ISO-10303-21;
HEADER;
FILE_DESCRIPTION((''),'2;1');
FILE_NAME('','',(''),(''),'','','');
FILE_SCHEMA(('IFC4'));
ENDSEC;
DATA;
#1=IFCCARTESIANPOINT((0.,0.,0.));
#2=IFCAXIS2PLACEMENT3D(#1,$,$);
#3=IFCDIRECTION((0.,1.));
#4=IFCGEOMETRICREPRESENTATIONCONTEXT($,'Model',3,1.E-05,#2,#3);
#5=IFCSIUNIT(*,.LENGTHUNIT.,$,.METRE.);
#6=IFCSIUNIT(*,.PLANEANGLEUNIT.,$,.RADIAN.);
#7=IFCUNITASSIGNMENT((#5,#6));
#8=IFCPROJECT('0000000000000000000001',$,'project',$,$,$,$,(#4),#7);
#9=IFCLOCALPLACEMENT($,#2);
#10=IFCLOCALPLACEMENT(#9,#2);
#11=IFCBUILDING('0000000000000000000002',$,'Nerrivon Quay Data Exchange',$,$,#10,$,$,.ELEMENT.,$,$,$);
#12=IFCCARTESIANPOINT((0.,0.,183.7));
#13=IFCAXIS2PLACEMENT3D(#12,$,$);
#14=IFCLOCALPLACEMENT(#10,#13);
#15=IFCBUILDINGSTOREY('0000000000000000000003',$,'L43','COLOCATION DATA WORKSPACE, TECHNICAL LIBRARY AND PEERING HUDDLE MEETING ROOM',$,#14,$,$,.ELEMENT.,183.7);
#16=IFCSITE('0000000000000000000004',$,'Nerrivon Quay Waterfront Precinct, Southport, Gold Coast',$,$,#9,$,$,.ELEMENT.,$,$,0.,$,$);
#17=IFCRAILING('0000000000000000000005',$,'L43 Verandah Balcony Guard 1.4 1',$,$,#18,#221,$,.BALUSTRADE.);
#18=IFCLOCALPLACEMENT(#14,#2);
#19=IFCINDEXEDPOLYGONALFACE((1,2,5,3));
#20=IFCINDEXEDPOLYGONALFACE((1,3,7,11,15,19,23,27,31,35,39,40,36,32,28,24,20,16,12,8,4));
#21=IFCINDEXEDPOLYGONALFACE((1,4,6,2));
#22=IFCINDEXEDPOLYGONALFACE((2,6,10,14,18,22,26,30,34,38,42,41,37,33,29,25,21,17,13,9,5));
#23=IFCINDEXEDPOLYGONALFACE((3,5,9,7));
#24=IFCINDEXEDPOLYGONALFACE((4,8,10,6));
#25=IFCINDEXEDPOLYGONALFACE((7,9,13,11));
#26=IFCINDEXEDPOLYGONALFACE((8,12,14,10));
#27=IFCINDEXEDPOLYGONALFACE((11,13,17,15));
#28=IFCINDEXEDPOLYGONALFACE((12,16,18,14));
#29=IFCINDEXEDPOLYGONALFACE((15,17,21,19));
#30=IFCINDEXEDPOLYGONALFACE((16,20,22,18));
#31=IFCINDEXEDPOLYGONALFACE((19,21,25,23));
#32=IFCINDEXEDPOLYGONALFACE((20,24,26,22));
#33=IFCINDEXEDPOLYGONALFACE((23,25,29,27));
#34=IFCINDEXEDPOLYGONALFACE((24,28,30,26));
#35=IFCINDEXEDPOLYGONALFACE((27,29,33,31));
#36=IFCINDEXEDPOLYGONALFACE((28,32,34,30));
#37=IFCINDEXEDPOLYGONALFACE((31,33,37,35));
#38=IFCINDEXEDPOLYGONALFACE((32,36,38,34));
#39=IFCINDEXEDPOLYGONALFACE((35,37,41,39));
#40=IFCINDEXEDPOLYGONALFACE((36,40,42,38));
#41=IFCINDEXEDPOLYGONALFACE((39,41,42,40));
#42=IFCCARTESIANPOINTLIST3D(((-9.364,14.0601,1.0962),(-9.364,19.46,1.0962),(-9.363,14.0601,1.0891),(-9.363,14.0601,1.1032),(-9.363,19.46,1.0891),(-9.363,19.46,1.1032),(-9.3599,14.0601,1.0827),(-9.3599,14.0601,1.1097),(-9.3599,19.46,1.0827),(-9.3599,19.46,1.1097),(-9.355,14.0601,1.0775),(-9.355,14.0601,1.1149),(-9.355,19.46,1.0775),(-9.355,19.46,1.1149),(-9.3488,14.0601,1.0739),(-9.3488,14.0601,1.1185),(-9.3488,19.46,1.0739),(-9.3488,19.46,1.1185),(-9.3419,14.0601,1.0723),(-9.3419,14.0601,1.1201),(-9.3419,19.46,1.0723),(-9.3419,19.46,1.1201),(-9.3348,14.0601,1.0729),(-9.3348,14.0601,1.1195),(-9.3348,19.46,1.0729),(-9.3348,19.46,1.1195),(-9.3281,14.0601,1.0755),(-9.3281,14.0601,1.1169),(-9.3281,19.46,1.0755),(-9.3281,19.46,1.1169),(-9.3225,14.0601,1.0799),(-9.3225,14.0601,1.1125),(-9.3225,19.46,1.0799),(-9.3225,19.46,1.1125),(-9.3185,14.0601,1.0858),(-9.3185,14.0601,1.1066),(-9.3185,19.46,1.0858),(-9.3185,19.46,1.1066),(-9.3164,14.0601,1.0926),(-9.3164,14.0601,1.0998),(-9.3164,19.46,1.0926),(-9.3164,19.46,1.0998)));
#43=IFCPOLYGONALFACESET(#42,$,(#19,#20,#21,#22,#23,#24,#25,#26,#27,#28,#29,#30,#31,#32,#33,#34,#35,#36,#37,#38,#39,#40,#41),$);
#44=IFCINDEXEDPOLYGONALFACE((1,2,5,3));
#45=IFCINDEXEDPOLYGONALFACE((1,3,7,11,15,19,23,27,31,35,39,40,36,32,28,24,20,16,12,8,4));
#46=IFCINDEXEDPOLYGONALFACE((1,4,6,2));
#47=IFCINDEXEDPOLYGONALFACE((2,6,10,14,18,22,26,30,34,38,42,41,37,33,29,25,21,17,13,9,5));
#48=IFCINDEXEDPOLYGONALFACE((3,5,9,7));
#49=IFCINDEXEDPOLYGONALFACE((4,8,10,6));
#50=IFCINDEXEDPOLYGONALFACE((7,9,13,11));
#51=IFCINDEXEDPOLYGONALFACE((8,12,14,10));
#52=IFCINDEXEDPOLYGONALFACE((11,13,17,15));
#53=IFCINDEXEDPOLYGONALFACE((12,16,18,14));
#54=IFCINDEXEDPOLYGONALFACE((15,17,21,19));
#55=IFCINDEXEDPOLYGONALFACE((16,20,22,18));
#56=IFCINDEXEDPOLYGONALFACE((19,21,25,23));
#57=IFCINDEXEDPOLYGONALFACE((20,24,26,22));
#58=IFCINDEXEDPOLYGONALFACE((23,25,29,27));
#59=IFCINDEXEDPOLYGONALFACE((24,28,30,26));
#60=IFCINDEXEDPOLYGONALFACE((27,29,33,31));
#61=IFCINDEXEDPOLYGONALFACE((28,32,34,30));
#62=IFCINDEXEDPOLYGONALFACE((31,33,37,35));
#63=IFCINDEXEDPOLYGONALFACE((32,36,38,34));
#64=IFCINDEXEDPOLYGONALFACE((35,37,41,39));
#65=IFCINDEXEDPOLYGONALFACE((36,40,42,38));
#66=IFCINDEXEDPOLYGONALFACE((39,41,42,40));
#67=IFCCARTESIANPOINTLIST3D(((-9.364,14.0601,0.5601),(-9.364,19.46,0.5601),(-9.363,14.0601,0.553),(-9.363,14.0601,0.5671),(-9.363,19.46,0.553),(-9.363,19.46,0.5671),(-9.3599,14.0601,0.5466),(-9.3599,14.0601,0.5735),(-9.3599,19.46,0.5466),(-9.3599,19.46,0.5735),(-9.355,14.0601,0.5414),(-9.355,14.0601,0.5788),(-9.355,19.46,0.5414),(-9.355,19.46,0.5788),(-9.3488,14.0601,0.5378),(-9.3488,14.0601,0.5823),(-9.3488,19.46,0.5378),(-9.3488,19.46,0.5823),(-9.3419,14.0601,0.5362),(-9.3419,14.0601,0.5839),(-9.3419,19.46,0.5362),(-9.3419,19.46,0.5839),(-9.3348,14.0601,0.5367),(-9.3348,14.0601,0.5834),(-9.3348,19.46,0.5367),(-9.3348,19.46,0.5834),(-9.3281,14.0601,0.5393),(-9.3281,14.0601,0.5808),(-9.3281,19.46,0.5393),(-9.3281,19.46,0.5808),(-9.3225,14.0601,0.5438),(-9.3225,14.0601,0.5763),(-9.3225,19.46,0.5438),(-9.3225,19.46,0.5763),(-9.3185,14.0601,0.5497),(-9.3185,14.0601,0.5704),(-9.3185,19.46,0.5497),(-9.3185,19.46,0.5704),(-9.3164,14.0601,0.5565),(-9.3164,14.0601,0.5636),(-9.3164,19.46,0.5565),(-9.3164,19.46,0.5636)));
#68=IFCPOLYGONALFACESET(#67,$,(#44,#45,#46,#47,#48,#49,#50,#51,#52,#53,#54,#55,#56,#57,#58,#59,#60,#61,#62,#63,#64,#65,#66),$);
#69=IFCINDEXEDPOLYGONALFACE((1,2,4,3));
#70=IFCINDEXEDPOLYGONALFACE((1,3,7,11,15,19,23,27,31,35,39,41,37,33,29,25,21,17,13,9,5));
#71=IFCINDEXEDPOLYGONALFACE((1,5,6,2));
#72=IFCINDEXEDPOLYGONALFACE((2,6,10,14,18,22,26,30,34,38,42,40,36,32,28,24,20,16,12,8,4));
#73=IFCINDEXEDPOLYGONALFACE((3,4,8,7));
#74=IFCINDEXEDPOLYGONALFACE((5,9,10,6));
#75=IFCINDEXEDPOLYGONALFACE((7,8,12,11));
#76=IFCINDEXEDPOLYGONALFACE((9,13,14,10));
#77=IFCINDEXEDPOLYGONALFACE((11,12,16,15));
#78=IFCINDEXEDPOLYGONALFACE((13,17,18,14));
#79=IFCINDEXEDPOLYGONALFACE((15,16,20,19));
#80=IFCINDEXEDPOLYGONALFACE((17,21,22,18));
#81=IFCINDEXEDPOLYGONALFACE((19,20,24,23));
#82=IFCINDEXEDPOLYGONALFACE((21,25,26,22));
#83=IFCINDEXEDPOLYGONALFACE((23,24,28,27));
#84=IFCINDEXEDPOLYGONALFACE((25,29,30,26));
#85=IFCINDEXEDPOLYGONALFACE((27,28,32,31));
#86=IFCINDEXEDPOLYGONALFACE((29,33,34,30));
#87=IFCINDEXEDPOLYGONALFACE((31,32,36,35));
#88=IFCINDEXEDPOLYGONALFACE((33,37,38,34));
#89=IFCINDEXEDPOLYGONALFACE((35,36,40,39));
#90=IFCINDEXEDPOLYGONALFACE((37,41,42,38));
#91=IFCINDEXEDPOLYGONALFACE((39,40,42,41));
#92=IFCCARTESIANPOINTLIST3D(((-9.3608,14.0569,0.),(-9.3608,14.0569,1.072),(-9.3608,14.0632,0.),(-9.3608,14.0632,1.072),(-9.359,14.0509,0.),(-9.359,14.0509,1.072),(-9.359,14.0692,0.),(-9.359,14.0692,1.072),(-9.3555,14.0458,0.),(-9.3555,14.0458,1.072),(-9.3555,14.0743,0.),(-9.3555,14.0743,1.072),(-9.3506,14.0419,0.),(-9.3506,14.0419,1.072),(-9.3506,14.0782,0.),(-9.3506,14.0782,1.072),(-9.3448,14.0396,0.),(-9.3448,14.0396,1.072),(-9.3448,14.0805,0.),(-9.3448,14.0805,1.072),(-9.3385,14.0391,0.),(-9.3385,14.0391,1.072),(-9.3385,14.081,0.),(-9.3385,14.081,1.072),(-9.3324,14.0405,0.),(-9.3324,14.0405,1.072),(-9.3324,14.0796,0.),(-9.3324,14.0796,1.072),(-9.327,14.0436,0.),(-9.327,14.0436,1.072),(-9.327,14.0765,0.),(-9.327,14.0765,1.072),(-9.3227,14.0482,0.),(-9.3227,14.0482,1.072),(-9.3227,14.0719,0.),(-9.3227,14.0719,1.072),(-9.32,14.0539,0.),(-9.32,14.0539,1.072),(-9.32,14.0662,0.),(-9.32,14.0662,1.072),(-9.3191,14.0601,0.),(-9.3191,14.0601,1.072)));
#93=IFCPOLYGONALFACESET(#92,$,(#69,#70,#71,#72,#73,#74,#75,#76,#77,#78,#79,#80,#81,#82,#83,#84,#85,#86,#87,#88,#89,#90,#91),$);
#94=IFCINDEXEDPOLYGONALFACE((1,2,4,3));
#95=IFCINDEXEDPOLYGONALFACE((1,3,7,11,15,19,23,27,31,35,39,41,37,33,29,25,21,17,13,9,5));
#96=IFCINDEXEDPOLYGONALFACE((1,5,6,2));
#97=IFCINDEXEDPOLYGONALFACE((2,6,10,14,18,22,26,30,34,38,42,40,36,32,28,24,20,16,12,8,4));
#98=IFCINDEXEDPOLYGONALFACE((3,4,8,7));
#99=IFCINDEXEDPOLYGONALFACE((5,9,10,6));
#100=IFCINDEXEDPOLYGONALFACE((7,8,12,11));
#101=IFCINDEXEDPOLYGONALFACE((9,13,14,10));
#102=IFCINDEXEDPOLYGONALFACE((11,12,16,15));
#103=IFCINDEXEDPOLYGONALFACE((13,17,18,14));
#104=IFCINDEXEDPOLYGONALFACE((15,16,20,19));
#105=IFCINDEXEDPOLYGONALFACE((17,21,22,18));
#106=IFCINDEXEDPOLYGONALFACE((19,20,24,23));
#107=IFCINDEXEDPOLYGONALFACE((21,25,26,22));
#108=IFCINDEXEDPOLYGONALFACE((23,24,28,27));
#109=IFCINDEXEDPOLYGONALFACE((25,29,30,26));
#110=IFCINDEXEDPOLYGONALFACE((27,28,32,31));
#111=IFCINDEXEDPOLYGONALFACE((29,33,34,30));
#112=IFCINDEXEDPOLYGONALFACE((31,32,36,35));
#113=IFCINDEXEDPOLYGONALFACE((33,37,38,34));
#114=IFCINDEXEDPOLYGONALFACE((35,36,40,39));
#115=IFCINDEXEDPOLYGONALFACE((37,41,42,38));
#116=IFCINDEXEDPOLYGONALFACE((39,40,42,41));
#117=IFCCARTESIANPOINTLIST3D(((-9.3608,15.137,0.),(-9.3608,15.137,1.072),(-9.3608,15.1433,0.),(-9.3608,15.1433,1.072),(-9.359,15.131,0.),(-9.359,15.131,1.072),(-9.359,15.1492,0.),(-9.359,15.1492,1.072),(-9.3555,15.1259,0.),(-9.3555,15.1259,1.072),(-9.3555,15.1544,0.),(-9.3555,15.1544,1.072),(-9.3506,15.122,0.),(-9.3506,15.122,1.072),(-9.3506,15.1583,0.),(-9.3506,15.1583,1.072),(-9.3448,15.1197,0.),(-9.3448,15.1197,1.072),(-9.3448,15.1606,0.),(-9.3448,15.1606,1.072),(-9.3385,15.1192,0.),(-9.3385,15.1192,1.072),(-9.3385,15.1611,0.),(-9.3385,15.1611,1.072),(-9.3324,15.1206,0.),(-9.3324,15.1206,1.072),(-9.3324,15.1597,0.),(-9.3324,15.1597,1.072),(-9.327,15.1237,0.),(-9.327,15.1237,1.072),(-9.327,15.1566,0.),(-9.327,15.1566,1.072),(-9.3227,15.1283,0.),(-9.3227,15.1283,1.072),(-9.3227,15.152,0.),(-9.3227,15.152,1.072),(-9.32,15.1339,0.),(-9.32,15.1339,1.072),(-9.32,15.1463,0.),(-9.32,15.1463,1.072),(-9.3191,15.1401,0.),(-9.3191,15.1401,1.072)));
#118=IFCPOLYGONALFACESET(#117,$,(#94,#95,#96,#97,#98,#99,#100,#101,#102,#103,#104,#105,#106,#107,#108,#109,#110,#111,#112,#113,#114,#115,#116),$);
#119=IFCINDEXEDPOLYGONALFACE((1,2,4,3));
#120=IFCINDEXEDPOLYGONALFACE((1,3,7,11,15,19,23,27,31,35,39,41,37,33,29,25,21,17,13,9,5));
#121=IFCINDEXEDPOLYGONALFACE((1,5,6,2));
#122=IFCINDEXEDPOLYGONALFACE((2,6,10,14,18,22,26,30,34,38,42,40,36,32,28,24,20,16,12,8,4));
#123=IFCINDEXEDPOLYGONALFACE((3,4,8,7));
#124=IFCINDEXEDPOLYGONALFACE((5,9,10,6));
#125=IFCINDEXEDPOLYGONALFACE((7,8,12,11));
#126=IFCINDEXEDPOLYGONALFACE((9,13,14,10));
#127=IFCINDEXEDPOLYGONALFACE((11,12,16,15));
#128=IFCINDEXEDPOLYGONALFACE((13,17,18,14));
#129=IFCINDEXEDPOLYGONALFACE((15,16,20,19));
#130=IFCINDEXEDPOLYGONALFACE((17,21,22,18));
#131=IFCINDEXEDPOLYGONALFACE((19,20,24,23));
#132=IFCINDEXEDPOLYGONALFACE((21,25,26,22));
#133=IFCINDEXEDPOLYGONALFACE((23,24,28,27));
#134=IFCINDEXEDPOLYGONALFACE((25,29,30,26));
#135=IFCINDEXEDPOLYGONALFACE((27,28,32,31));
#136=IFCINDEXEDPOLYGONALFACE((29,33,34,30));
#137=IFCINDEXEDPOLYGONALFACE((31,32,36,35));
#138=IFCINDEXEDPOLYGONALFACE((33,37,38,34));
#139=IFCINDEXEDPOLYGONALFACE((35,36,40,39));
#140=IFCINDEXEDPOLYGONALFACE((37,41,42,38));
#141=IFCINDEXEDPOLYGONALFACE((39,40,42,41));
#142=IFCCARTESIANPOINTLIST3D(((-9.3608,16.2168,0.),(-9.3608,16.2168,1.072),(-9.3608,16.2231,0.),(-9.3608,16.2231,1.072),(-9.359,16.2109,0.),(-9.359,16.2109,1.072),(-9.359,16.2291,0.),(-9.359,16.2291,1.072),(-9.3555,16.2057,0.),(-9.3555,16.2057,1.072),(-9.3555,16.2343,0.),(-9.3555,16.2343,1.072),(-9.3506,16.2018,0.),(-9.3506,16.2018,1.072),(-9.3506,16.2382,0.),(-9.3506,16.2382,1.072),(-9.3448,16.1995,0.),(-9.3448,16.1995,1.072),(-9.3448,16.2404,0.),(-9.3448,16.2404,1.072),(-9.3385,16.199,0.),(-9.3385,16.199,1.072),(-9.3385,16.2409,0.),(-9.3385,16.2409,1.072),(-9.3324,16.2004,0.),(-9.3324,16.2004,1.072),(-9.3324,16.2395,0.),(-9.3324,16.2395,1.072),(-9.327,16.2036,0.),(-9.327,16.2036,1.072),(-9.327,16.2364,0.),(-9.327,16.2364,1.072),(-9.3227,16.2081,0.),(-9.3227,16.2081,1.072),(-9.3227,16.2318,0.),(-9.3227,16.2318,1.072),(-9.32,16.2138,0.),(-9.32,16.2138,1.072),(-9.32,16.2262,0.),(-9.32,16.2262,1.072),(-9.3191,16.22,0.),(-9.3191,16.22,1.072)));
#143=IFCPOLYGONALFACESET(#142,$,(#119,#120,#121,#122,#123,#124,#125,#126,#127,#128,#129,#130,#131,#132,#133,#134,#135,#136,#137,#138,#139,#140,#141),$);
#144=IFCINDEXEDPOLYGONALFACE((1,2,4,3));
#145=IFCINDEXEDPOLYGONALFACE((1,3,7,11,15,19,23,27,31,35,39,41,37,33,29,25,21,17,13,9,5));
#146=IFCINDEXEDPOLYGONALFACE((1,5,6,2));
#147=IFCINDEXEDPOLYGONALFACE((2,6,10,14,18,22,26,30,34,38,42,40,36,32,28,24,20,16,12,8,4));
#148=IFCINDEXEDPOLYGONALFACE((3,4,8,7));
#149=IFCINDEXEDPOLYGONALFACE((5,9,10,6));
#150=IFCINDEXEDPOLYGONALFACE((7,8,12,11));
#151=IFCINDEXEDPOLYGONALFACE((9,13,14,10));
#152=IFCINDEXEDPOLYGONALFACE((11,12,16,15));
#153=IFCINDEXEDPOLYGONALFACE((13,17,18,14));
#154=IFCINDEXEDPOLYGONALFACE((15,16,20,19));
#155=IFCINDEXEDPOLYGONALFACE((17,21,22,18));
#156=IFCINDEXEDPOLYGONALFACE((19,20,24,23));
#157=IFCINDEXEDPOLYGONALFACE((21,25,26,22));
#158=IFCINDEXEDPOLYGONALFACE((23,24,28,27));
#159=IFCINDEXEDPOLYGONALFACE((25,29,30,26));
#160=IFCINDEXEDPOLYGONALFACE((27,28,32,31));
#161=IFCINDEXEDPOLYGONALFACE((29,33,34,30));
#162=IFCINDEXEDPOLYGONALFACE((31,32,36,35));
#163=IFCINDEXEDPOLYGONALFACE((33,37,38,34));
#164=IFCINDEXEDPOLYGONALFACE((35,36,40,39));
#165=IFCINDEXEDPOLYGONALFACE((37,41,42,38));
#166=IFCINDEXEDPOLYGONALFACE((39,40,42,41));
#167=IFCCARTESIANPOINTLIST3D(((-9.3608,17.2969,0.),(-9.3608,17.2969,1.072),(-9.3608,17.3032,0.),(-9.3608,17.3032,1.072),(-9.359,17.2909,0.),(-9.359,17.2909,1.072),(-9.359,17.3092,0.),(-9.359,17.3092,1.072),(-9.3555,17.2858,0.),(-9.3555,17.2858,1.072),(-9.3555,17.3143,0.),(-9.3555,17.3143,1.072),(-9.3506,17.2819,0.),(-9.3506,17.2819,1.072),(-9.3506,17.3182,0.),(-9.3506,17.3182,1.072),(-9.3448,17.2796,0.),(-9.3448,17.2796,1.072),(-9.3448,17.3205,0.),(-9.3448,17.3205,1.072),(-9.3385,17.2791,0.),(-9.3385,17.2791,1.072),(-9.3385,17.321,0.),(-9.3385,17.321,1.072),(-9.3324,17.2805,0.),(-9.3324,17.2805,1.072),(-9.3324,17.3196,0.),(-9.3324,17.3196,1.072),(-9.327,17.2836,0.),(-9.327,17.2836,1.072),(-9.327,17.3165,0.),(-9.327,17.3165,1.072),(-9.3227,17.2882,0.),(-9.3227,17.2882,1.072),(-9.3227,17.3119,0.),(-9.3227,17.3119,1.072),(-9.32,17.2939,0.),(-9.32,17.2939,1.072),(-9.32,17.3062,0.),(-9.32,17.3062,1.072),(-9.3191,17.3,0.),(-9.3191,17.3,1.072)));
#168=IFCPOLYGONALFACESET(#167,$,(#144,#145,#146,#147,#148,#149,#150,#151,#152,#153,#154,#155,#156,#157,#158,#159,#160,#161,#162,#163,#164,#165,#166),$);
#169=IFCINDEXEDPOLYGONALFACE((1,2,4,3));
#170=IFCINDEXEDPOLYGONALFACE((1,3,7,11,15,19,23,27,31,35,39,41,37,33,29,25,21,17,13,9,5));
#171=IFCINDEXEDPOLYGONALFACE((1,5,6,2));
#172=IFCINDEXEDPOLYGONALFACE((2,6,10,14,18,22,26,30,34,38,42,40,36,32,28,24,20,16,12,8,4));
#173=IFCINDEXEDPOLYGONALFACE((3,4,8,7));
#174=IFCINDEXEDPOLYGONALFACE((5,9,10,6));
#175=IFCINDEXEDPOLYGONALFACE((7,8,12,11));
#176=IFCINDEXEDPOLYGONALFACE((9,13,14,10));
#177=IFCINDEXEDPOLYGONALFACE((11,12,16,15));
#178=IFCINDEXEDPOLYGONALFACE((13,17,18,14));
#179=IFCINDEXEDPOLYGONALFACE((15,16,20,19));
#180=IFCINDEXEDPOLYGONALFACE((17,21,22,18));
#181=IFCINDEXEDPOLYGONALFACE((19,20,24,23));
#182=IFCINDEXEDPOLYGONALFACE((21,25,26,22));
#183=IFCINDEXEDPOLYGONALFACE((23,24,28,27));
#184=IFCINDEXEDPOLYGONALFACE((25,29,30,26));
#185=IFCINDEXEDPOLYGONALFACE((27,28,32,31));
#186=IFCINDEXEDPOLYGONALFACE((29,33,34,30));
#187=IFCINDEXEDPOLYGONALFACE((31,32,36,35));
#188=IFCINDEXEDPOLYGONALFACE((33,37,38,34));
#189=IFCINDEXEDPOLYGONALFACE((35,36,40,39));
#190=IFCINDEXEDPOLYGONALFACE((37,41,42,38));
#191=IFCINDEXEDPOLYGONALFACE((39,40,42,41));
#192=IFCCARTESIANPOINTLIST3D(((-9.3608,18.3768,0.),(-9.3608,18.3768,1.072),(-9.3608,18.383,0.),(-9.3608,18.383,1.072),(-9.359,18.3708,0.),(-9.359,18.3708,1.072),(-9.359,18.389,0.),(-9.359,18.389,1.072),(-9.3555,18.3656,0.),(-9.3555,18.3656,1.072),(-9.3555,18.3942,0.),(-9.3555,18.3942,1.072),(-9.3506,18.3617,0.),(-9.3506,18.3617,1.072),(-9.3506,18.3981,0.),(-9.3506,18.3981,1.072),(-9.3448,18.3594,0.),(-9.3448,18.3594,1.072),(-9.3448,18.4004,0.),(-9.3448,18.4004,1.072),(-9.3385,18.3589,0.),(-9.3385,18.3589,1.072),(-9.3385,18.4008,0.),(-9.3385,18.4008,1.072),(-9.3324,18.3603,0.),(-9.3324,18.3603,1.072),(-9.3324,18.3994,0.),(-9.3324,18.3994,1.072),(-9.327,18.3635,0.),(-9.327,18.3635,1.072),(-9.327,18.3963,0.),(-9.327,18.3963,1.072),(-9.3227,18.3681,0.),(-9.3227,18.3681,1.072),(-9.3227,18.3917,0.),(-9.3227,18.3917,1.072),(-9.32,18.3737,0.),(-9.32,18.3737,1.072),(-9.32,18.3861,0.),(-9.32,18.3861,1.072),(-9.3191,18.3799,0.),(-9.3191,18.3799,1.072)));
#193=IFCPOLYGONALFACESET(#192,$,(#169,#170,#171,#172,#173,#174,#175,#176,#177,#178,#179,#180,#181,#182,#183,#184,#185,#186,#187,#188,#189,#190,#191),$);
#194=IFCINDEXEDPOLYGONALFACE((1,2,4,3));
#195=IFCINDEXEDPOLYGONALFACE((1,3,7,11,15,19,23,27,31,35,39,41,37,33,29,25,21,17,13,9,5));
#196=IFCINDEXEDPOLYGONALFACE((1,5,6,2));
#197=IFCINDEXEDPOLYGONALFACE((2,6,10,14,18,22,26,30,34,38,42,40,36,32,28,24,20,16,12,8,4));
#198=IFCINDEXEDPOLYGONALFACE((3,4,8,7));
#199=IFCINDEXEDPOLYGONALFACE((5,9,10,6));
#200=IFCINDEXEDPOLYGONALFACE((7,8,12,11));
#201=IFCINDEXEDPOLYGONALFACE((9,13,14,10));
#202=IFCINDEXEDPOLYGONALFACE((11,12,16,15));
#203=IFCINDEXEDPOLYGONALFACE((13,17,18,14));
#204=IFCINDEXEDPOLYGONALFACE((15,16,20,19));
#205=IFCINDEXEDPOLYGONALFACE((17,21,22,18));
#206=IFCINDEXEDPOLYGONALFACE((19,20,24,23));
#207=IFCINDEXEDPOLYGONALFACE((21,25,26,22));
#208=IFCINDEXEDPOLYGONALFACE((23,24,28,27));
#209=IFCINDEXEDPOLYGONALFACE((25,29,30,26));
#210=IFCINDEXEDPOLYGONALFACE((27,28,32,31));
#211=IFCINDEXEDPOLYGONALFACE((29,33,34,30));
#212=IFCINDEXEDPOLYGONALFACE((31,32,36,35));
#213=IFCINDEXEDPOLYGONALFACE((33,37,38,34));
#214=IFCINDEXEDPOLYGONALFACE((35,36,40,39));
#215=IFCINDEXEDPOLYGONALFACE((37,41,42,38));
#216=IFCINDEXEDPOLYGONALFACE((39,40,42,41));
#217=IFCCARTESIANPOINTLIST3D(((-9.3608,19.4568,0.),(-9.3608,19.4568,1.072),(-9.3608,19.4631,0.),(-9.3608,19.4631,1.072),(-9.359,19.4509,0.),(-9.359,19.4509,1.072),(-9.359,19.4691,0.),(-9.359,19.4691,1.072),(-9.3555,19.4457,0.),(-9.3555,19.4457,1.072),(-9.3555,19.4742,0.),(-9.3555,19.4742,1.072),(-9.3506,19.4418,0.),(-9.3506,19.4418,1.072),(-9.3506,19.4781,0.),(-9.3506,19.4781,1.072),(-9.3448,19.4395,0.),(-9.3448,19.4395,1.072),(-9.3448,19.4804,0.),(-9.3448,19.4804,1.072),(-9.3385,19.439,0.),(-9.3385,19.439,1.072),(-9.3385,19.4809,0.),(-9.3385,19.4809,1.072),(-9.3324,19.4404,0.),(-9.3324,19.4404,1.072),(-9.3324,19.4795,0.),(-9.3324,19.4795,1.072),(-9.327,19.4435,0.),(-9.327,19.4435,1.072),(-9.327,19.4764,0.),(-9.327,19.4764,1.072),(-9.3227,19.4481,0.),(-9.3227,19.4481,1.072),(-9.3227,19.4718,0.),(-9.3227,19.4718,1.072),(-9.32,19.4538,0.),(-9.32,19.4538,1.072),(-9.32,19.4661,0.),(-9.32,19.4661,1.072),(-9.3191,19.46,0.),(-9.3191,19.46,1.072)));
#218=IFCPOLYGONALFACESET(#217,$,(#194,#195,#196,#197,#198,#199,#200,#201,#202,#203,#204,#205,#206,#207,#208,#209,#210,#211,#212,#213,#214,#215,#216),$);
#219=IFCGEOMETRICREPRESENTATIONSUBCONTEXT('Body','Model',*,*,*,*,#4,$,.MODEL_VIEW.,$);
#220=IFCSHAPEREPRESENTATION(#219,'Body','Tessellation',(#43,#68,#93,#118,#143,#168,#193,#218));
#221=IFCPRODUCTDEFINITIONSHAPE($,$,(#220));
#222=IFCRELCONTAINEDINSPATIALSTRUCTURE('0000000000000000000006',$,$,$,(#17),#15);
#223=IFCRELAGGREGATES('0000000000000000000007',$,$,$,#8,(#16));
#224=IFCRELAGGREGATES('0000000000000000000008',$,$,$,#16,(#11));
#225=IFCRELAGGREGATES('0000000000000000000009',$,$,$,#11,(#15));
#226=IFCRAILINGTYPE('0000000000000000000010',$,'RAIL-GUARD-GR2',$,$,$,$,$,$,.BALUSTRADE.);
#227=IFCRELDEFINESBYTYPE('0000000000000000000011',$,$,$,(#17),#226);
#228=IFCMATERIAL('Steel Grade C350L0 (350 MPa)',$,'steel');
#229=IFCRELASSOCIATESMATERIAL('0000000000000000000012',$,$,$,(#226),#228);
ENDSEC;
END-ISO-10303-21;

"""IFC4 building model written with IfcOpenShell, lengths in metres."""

from ifc_helpers import new_model, si_unit, direction, frame, origin, origin_2d, place, context, subcontext, project, spatial, circle, extrude, material, type_object, element, save


model = new_model("IFC4")

# Units and contexts
model_context = context("Model", 3, precision=1e-05, world=origin(), true_north=direction((0.0, 1.0)))
body_context = subcontext(model_context, "Body", "Model", "MODEL_VIEW")
ifc_project = project(units=[si_unit("LENGTHUNIT", "METRE"), si_unit("PLANEANGLEUNIT", "RADIAN")], contexts=[model_context])

# Site, building, storey
site_placement = place(None, origin())
site = spatial("IfcSite", under=ifc_project, at=site_placement, Name="Nerrivon Quay Waterfront Precinct, Southport, Gold Coast", CompositionType="ELEMENT", RefElevation=0.0)
building_placement = place(site_placement, origin())
building = spatial("IfcBuilding", under=site, at=building_placement, Name="Nerrivon Quay Data Exchange", CompositionType="ELEMENT")
storey_placement = place(building_placement, frame((0.0, 0.0, 183.7)))
storey = spatial("IfcBuildingStorey", under=building, at=storey_placement, Name="L43", Description="COLOCATION DATA WORKSPACE, TECHNICAL LIBRARY AND PEERING HUDDLE MEETING ROOM", CompositionType="ELEMENT", Elevation=183.7)

# Railing
ifc_material_1 = material(Name="Steel Grade C350L0 (350 MPa)", Category="steel")
railing_type = type_object("IfcRailingType", Name="RAIL-GUARD-GR2", PredefinedType="BALUSTRADE", material=ifc_material_1)
railing_1_placement = place(storey_placement, frame((-9.3401, 14.0601, 0.0)))
element("IfcRailing", 1, at=railing_1_placement, inside=storey, type_object=railing_type, Name="L43 Verandah Balcony Guard 1.4 1", PredefinedType="BALUSTRADE", context=body_context, shape_type="SweptSolid", body=[
    extrude(circle(Radius=0.0239, at=origin_2d()), frame((0.0, 0.0, 1.0962), z_axis=(0.0, 1.0, 0.0), x_axis=(-1.0, 0.0, 0.0)), (0.0, 0.0, 1.0), 5.3999),
    extrude(circle(Radius=0.0239, at=origin_2d()), frame((0.0, 0.0, 0.5601), z_axis=(0.0, 1.0, 0.0), x_axis=(-1.0, 0.0, 0.0)), (0.0, 0.0, 1.0), 5.3999),
    extrude(circle(Radius=0.021, at=origin_2d()), origin(), (0.0, 0.0, 1.0), 1.072),
    extrude(circle(Radius=0.021, at=origin_2d()), frame((0.0, 1.0801, 0.0)), (0.0, 0.0, 1.0), 1.072),
    extrude(circle(Radius=0.021, at=origin_2d()), frame((0.0, 2.1599, 0.0)), (0.0, 0.0, 1.0), 1.072),
    extrude(circle(Radius=0.021, at=origin_2d()), frame((0.0, 3.24, 0.0)), (0.0, 0.0, 1.0), 1.072),
    extrude(circle(Radius=0.021, at=origin_2d()), frame((0.0, 4.3198, 0.0)), (0.0, 0.0, 1.0), 1.072),
    extrude(circle(Radius=0.021, at=origin_2d()), frame((0.0, 5.3999, 0.0)), (0.0, 0.0, 1.0), 1.072),
])

save(model, "model.ifc")
